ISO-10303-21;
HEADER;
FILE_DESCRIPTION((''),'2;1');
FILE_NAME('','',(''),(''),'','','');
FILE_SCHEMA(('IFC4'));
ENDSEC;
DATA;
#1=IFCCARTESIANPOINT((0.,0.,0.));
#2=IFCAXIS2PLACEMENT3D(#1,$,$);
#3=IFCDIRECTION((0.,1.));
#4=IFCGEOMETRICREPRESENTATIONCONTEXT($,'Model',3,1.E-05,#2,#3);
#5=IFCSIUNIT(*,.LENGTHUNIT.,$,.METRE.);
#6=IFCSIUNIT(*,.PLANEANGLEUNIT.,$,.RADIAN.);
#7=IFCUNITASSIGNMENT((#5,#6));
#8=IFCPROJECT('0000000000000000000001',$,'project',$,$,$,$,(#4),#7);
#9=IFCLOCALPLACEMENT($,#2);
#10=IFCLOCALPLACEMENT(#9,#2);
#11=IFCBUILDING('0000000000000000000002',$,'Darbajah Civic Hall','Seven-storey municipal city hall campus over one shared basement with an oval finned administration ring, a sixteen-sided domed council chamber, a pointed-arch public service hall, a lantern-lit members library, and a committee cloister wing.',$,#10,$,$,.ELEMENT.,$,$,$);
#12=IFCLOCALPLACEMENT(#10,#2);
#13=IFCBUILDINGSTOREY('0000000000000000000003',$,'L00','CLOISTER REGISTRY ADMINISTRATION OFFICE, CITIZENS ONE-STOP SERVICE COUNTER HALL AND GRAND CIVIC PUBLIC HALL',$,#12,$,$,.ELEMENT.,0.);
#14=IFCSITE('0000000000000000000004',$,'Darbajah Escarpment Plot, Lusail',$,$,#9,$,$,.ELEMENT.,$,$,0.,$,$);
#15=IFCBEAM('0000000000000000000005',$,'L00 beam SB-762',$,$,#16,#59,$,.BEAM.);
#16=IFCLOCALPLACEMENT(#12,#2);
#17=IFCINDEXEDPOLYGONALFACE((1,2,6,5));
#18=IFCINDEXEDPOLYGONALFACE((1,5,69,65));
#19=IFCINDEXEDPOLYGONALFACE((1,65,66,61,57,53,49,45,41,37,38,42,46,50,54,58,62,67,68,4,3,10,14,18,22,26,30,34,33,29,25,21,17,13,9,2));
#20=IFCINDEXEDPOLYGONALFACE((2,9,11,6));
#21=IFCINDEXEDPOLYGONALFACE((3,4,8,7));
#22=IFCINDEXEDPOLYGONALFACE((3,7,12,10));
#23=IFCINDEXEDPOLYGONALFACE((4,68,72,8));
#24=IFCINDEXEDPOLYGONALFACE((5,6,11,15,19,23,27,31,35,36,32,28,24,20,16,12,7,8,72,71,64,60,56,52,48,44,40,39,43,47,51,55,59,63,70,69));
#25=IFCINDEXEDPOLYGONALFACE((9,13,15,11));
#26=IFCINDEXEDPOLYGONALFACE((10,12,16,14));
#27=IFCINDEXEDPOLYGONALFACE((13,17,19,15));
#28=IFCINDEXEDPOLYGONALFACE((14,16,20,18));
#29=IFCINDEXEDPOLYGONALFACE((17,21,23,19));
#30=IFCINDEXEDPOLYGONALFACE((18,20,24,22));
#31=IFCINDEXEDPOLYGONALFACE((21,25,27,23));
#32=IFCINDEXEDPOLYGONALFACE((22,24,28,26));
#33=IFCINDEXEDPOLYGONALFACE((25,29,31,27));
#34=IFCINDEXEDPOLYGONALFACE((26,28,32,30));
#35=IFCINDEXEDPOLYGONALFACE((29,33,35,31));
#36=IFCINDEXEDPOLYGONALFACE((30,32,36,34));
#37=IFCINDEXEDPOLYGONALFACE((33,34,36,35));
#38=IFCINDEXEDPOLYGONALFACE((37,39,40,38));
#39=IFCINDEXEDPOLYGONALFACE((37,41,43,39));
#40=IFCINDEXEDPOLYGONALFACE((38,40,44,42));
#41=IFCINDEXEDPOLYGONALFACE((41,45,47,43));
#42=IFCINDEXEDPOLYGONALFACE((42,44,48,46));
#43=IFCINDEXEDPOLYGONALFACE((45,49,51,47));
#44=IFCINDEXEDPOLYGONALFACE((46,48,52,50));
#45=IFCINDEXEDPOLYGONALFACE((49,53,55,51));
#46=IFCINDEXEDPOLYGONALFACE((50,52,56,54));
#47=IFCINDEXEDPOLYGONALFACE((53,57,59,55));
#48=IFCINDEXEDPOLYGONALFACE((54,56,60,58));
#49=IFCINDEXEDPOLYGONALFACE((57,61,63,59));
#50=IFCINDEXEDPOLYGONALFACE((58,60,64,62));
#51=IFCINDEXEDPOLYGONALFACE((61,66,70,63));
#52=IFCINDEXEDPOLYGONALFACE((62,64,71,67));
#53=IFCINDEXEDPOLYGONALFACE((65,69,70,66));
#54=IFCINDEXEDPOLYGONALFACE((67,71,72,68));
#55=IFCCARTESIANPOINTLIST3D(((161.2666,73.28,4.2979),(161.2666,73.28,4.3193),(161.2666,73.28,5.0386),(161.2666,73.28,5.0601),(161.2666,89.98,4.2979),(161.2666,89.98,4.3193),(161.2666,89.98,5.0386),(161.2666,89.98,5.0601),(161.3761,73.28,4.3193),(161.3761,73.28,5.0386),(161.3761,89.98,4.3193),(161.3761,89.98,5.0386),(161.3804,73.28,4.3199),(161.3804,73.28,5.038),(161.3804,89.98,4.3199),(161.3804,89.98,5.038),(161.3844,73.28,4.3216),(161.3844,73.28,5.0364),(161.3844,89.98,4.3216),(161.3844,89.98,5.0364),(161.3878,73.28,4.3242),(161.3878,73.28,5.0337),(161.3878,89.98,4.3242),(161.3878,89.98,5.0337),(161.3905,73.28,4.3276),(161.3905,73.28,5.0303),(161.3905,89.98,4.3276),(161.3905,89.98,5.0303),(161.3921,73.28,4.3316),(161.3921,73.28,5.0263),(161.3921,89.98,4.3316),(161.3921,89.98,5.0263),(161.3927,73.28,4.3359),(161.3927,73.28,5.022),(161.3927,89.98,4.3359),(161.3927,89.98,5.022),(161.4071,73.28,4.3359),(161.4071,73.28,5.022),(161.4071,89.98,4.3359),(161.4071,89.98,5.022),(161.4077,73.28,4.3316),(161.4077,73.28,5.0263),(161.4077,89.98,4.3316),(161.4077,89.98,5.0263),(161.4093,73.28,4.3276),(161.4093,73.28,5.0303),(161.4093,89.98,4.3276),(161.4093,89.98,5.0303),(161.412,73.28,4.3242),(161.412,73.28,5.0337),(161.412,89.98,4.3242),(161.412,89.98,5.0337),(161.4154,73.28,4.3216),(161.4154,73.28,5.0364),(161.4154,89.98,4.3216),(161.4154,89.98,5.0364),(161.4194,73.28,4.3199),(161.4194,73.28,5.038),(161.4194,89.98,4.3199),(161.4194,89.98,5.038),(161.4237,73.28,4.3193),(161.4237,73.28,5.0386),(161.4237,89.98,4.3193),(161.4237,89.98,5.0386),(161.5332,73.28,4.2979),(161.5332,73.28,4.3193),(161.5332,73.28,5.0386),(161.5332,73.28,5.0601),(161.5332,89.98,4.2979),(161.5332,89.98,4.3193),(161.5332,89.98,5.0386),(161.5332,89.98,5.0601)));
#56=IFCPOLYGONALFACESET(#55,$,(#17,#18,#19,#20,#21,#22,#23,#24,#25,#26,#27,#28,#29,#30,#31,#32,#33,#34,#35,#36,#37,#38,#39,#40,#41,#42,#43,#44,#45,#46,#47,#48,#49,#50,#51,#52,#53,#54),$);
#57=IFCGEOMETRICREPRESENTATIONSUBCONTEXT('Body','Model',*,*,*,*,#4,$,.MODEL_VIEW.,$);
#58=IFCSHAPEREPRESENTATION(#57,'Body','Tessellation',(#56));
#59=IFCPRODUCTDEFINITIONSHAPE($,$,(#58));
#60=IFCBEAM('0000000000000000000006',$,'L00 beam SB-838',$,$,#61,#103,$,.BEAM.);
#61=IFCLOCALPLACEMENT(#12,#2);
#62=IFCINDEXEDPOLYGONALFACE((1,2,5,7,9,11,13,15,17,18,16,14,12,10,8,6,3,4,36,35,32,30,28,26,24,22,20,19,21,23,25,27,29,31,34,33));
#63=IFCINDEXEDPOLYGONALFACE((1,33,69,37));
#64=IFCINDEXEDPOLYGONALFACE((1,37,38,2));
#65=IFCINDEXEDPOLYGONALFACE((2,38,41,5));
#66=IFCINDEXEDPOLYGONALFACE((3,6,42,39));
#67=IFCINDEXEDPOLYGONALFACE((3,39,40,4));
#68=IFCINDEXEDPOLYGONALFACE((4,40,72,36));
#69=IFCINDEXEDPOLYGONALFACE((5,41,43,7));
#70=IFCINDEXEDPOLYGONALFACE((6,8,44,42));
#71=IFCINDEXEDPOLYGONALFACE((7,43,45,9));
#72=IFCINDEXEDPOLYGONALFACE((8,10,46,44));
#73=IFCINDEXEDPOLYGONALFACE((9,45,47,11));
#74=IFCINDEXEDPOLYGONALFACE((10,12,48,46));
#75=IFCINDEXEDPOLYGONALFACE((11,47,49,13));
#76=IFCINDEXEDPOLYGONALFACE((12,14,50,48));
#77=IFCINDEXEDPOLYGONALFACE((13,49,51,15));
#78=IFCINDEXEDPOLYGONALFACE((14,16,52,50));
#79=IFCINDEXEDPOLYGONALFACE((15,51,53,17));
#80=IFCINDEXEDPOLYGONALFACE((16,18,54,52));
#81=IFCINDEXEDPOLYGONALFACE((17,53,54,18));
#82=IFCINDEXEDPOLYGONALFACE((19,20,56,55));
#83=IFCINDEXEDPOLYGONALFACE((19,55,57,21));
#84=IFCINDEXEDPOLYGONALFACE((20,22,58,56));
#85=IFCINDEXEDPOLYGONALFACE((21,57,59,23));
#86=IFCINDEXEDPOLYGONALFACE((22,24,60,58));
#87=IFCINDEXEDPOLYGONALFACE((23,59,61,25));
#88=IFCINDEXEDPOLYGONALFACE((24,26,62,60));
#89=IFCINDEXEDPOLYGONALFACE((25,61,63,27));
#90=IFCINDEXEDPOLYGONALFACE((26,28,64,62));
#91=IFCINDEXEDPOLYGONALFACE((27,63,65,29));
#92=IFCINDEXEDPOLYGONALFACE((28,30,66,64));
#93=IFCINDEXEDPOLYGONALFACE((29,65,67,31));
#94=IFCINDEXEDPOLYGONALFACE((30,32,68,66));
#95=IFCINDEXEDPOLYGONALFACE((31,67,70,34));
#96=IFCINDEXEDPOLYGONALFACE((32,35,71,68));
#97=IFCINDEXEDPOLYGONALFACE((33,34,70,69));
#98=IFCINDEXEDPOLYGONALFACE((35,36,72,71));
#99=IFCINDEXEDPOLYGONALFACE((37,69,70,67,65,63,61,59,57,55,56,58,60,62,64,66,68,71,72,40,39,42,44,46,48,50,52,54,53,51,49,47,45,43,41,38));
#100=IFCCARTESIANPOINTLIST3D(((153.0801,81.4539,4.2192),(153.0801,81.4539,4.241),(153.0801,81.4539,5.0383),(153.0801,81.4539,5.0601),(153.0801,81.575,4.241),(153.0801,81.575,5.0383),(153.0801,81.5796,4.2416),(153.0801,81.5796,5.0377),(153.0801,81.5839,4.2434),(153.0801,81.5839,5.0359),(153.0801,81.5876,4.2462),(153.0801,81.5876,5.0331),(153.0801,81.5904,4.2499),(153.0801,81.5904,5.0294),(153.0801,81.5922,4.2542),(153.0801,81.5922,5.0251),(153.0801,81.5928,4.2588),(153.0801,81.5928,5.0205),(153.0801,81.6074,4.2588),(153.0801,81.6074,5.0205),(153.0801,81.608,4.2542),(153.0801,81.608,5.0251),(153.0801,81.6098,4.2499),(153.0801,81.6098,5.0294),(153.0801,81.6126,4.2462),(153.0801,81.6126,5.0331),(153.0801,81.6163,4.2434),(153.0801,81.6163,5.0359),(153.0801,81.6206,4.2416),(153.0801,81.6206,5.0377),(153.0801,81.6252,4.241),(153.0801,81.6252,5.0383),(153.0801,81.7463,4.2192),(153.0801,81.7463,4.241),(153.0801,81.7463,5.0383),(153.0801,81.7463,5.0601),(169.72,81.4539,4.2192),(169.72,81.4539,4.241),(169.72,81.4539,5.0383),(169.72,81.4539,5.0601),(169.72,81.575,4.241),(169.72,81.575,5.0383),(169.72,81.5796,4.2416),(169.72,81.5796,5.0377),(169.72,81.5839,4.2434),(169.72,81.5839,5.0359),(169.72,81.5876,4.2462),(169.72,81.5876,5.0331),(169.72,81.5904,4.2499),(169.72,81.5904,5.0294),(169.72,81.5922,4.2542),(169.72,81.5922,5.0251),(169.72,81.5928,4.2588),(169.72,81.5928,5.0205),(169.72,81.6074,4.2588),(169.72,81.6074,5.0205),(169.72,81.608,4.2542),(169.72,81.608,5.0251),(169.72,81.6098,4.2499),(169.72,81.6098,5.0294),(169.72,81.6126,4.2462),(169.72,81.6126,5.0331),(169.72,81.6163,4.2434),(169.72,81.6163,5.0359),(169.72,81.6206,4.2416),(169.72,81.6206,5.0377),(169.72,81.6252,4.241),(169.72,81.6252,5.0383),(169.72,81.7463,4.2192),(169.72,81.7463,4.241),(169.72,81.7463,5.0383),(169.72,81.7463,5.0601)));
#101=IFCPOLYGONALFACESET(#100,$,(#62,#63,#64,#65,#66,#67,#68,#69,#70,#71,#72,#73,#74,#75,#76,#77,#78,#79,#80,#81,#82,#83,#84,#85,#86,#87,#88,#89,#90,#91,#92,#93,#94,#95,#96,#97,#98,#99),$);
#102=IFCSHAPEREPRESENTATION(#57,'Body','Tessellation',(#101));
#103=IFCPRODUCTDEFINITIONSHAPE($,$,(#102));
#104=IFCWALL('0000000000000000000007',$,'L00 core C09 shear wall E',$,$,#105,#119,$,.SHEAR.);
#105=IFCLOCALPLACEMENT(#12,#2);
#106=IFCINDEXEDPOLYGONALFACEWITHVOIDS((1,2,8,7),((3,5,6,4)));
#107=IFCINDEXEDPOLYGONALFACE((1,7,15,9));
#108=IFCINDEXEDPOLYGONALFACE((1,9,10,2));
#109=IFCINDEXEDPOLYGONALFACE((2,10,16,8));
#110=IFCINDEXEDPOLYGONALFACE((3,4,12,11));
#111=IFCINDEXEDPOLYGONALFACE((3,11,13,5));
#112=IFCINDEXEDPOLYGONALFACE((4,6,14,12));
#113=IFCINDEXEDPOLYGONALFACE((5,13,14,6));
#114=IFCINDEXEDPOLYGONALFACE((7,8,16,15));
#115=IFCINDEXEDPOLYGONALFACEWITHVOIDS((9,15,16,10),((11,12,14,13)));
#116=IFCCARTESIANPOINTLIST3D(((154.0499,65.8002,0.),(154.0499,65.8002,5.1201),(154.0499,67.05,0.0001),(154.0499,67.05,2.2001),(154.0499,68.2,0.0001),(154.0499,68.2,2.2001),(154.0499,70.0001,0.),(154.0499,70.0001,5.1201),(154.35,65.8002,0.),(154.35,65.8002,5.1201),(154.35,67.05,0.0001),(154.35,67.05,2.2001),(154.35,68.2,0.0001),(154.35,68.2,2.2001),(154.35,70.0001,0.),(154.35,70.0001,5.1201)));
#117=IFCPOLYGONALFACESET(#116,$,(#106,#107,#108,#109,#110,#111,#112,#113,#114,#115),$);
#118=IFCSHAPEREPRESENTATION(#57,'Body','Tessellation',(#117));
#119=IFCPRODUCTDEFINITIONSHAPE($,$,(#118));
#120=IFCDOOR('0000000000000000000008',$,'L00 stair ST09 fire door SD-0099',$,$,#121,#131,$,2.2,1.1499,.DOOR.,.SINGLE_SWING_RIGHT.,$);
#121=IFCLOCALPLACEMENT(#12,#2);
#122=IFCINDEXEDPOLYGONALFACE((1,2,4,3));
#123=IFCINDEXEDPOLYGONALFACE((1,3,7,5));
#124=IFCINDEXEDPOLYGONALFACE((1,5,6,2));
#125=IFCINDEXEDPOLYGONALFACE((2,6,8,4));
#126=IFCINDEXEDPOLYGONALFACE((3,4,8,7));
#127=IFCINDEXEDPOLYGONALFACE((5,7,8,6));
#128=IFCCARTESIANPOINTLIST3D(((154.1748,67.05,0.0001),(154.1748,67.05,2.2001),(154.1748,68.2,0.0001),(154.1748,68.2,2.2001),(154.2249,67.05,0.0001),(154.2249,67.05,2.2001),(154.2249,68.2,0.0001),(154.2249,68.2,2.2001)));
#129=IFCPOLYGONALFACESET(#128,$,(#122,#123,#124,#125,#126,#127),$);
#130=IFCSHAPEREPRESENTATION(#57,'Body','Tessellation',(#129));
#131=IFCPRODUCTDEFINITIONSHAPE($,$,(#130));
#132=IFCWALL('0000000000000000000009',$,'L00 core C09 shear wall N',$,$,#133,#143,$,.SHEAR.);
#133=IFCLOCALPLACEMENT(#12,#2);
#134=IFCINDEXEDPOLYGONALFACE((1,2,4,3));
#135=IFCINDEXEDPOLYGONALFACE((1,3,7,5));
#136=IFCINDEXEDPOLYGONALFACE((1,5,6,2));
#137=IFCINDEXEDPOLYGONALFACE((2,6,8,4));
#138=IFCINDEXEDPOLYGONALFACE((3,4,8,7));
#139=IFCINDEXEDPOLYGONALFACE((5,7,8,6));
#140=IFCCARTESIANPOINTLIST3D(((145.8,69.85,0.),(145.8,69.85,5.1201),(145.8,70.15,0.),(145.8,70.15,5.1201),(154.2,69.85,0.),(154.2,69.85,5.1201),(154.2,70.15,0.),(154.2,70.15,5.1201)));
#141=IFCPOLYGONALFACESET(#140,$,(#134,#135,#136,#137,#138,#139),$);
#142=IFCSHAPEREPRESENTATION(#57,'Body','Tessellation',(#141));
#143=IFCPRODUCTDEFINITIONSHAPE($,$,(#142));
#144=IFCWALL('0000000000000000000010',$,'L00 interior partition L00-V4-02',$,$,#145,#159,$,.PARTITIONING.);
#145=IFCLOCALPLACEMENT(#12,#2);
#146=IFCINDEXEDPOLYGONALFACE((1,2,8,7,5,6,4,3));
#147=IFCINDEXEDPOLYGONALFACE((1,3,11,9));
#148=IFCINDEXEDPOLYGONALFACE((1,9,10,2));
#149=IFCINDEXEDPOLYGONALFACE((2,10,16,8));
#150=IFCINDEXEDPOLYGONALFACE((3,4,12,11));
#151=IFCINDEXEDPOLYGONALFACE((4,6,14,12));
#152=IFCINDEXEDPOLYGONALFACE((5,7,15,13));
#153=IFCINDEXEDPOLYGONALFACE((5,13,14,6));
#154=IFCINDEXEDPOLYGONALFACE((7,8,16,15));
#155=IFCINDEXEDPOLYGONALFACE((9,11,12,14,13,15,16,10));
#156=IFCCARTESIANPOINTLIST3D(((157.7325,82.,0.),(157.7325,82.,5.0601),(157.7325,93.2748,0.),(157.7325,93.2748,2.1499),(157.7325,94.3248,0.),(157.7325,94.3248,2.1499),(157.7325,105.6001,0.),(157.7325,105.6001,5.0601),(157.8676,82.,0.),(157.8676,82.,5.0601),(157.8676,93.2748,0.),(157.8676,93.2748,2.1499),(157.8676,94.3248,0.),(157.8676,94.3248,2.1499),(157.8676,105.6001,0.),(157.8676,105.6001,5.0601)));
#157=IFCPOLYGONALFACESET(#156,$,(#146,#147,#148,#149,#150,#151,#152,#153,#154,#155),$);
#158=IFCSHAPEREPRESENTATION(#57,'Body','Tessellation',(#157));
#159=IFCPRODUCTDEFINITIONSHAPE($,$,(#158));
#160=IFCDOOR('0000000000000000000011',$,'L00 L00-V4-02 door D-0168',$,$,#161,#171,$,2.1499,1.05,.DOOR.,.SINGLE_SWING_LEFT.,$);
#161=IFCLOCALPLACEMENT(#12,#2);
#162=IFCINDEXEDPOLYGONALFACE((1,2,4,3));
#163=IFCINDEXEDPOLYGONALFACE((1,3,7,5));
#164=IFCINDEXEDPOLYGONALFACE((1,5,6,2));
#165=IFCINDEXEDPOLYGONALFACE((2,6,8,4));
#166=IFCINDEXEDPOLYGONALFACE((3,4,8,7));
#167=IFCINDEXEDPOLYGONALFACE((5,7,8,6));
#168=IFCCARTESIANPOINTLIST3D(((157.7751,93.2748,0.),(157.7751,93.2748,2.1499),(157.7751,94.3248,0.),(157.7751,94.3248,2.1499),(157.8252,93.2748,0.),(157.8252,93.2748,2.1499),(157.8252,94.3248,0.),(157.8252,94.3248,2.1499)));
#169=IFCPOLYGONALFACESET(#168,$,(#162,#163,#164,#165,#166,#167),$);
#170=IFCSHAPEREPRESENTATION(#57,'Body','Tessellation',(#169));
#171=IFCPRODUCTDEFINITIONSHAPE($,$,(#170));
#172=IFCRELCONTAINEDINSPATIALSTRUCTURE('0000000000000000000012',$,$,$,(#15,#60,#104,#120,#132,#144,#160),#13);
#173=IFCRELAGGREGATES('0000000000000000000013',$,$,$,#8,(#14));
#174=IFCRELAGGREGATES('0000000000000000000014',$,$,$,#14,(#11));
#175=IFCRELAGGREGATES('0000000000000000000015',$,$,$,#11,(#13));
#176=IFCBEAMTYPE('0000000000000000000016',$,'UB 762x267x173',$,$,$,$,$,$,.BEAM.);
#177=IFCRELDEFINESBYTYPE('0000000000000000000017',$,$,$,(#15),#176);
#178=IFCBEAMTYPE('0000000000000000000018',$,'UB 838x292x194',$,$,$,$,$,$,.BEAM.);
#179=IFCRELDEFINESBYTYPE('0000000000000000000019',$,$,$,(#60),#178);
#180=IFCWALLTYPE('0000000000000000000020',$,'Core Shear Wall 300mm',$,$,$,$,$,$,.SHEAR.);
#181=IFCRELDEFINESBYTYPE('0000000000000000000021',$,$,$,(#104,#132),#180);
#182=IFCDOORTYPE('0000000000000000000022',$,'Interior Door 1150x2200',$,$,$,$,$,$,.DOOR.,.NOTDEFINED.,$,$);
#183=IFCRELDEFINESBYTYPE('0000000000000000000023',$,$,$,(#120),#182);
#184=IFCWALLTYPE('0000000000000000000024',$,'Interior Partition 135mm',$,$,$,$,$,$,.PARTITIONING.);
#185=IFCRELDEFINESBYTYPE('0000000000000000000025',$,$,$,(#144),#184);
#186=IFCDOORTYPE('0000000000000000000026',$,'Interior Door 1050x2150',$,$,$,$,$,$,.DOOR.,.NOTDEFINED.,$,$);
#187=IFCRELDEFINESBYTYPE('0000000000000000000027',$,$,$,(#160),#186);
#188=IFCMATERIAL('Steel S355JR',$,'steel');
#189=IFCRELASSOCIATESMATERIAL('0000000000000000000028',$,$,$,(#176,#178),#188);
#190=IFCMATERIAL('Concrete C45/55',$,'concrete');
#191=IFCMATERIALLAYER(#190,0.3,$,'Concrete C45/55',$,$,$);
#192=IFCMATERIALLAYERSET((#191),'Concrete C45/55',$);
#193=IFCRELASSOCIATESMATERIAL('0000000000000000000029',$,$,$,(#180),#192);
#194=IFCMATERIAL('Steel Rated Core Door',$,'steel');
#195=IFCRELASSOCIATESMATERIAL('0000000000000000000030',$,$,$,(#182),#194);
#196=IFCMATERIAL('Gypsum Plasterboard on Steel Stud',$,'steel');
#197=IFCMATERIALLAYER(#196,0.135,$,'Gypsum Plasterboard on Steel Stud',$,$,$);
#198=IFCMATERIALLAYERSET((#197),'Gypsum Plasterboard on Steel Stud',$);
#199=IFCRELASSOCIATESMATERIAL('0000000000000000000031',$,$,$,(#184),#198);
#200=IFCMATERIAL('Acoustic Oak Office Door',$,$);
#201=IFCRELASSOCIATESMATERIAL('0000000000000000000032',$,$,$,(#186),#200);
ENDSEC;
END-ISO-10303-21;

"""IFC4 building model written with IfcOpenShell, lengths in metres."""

from ifc_helpers import new_model, si_unit, direction, frame, frame_2d, origin, origin_2d, place, context, subcontext, project, spatial, rectangle, i_section, extrude, material, layer, layer_set, material_profile, profile_set, type_object, element, fill, save


model = new_model("IFC4")

# Units and contexts
model_context = context("Model", 3, precision=1e-05, world=origin(), true_north=direction((0.0, 1.0)))
body_context = subcontext(model_context, "Body", "Model", "MODEL_VIEW")
ifc_project = project(units=[si_unit("LENGTHUNIT", "METRE"), si_unit("PLANEANGLEUNIT", "RADIAN")], contexts=[model_context])

# Site, building, storey
site_placement = place(None, origin())
site = spatial("IfcSite", under=ifc_project, at=site_placement, Name="Darbajah Escarpment Plot, Lusail", CompositionType="ELEMENT", RefElevation=0.0)
building_placement = place(site_placement, origin())
building = spatial("IfcBuilding", under=site, at=building_placement, Name="Darbajah Civic Hall", Description="Seven-storey municipal city hall campus over one shared basement with an oval finned administration ring, a sixteen-sided domed council chamber, a pointed-arch public service hall, a lantern-lit members library, and a committee cloister wing.", CompositionType="ELEMENT")
storey_placement = place(building_placement, origin())
storey = spatial("IfcBuildingStorey", under=building, at=storey_placement, Name="L00", Description="CLOISTER REGISTRY ADMINISTRATION OFFICE, CITIZENS ONE-STOP SERVICE COUNTER HALL AND GRAND CIVIC PUBLIC HALL", CompositionType="ELEMENT", Elevation=0.0)

# Beams
ifc_material_1 = material(Name="Concrete C45/55", Category="concrete")
ifc_material_2 = material(Name="Steel S355JR", Category="steel")
ifc_material_profile_1 = material_profile(ifc_material_2, i_section(OverallWidth=0.2666, OverallDepth=0.7622, WebThickness=0.0144, FlangeThickness=0.0215, FilletRadius=0.0166, at=origin_2d()), Name="UB 762x267x173")
ifc_profile_set_1 = profile_set([ifc_material_profile_1], Name="Steel S355JR")
beam_type_1 = type_object("IfcBeamType", Name="UB 762x267x173", PredefinedType="BEAM", material=ifc_profile_set_1)
beam_1_placement = place(storey_placement, frame((161.3999, 73.28, 4.679), z_axis=(0.0, 1.0, 0.0), x_axis=(-1.0, 0.0, 0.0)))
element("IfcBeam", 1, at=beam_1_placement, inside=storey, type_object=beam_type_1, Name="L00 beam SB-762", PredefinedType="BEAM", context=body_context, shape_type="SweptSolid", body=[
    extrude(i_section(OverallWidth=0.2666, OverallDepth=0.7622, WebThickness=0.0144, FlangeThickness=0.0215, FilletRadius=0.0166, at=origin_2d()), origin(), (0.0, 0.0, 1.0), 16.7),
])
ifc_material_profile_2 = material_profile(ifc_material_2, i_section(OverallWidth=0.2925, OverallDepth=0.8408, WebThickness=0.0146, FlangeThickness=0.0217, FilletRadius=0.0178, at=origin_2d()), Name="UB 838x292x194")
ifc_profile_set_2 = profile_set([ifc_material_profile_2], Name="Steel S355JR")
beam_type_2 = type_object("IfcBeamType", Name="UB 838x292x194", PredefinedType="BEAM", material=ifc_profile_set_2)
beam_2_placement = place(storey_placement, frame((153.0801, 81.6001, 4.6396), z_axis=(1.0, 0.0, 0.0), x_axis=(0.0, 1.0, 0.0)))
element("IfcBeam", 2, at=beam_2_placement, inside=storey, type_object=beam_type_2, Name="L00 beam SB-838", PredefinedType="BEAM", context=body_context, shape_type="SweptSolid", body=[
    extrude(i_section(OverallWidth=0.2925, OverallDepth=0.8408, WebThickness=0.0146, FlangeThickness=0.0217, FilletRadius=0.0178, at=origin_2d()), origin(), (0.0, 0.0, 1.0), 16.6399),
])

# Wall, opening, door
ifc_layer_1 = layer(ifc_material_1, 0.3, Name="Concrete C45/55")
ifc_layer_set_1 = layer_set([ifc_layer_1], Name="Concrete C45/55")
wall_type_1 = type_object("IfcWallType", Name="Core Shear Wall 300mm", PredefinedType="SHEAR", material=ifc_layer_set_1)
wall_1_placement = place(storey_placement, frame((154.2, 65.8, 0.0), z_axis=(0.0, 0.0, 1.0), x_axis=(0.0, 1.0, 0.0)))
wall_1 = element("IfcWall", 3, at=wall_1_placement, inside=storey, type_object=wall_type_1, Name="L00 core C09 shear wall E", PredefinedType="SHEAR", context=body_context, shape_type="SweptSolid", body=[
    extrude(rectangle(XDim=4.2, YDim=0.3, at=frame_2d((2.1001, 0.0))), origin(), (0.0, 0.0, 1.0), 5.1201),
])
opening_1_placement = place(wall_1_placement, frame((1.25, 0.0, 0.0)))
opening_1 = element("IfcOpeningElement", 4, at=opening_1_placement, cuts=wall_1, PredefinedType="OPENING", context=body_context, shape_type="SweptSolid", body=[
    extrude(rectangle(XDim=1.1499, YDim=2.2, at=frame_2d((0.575, 1.1001))), frame((0.0, 0.1599, 0.0), z_axis=(0.0, -1.0, 0.0), x_axis=(1.0, 0.0, 0.0)), (0.0, 0.0, 1.0), 0.3201),
])
ifc_material_3 = material(Name="Steel Rated Core Door", Category="steel")
door_type_1 = type_object("IfcDoorType", Name="Interior Door 1150x2200", OperationType="NOTDEFINED", PredefinedType="DOOR", material=ifc_material_3)
door_1_placement = place(opening_1_placement, frame((1.1499, 0.0, 0.0), z_axis=(0.0, 0.0, 1.0), x_axis=(-1.0, 0.0, 0.0)))
door_1 = element("IfcDoor", 5, at=door_1_placement, inside=storey, type_object=door_type_1, Name="L00 stair ST09 fire door SD-0099", OperationType="SINGLE_SWING_RIGHT", OverallHeight=2.2, OverallWidth=1.1499, PredefinedType="DOOR", context=body_context, shape_type="SweptSolid", body=[
    extrude(rectangle(XDim=1.1499, YDim=2.2, at=frame_2d((0.575, 1.1001))), frame((0.0, 0.0249, 0.0), z_axis=(0.0, -1.0, 0.0), x_axis=(1.0, 0.0, 0.0)), (0.0, 0.0, 1.0), 0.05),
])
fill(opening_1, door_1)

# Wall
wall_2_placement = place(storey_placement, frame((154.2, 70.0, 0.0), z_axis=(0.0, 0.0, 1.0), x_axis=(-1.0, 0.0, 0.0)))
element("IfcWall", 6, at=wall_2_placement, inside=storey, type_object=wall_type_1, Name="L00 core C09 shear wall N", PredefinedType="SHEAR", context=body_context, shape_type="SweptSolid", body=[
    extrude(rectangle(XDim=8.3999, YDim=0.3, at=frame_2d((4.2, 0.0))), origin(), (0.0, 0.0, 1.0), 5.1201),
])

# Wall, opening, door
ifc_material_4 = material(Name="Gypsum Plasterboard on Steel Stud", Category="steel")
ifc_layer_2 = layer(ifc_material_4, 0.135, Name="Gypsum Plasterboard on Steel Stud")
ifc_layer_set_2 = layer_set([ifc_layer_2], Name="Gypsum Plasterboard on Steel Stud")
wall_type_2 = type_object("IfcWallType", Name="Interior Partition 135mm", PredefinedType="PARTITIONING", material=ifc_layer_set_2)
wall_3_placement = place(storey_placement, frame((157.8, 82.0, 0.0), z_axis=(0.0, 0.0, 1.0), x_axis=(0.0, 1.0, 0.0)))
wall_3 = element("IfcWall", 7, at=wall_3_placement, inside=storey, type_object=wall_type_2, Name="L00 interior partition L00-V4-02", PredefinedType="PARTITIONING", context=body_context, shape_type="SweptSolid", body=[
    extrude(rectangle(XDim=23.6001, YDim=0.135, at=frame_2d((11.8, 0.0))), origin(), (0.0, 0.0, 1.0), 5.0601),
])
opening_2_placement = place(wall_3_placement, frame((11.2749, 0.0, 0.0)))
opening_2 = element("IfcOpeningElement", 8, at=opening_2_placement, cuts=wall_3, PredefinedType="OPENING", context=body_context, shape_type="SweptSolid", body=[
    extrude(rectangle(XDim=1.05, YDim=2.1499, at=frame_2d((0.5249, 1.075))), frame((0.0, 0.0774, 0.0), z_axis=(0.0, -1.0, 0.0), x_axis=(1.0, 0.0, 0.0)), (0.0, 0.0, 1.0), 0.155),
])
ifc_material_5 = material(Name="Acoustic Oak Office Door")
door_type_2 = type_object("IfcDoorType", Name="Interior Door 1050x2150", OperationType="NOTDEFINED", PredefinedType="DOOR", material=ifc_material_5)
door_2_placement = place(opening_2_placement, origin())
door_2 = element("IfcDoor", 9, at=door_2_placement, inside=storey, type_object=door_type_2, Name="L00 L00-V4-02 door D-0168", OperationType="SINGLE_SWING_LEFT", OverallHeight=2.1499, OverallWidth=1.05, PredefinedType="DOOR", context=body_context, shape_type="SweptSolid", body=[
    extrude(rectangle(XDim=1.05, YDim=2.1499, at=frame_2d((0.5249, 1.075))), frame((0.0, 0.0249, 0.0), z_axis=(0.0, -1.0, 0.0), x_axis=(1.0, 0.0, 0.0)), (0.0, 0.0, 1.0), 0.05),
])
fill(opening_2, door_2)

save(model, "model.ifc")
